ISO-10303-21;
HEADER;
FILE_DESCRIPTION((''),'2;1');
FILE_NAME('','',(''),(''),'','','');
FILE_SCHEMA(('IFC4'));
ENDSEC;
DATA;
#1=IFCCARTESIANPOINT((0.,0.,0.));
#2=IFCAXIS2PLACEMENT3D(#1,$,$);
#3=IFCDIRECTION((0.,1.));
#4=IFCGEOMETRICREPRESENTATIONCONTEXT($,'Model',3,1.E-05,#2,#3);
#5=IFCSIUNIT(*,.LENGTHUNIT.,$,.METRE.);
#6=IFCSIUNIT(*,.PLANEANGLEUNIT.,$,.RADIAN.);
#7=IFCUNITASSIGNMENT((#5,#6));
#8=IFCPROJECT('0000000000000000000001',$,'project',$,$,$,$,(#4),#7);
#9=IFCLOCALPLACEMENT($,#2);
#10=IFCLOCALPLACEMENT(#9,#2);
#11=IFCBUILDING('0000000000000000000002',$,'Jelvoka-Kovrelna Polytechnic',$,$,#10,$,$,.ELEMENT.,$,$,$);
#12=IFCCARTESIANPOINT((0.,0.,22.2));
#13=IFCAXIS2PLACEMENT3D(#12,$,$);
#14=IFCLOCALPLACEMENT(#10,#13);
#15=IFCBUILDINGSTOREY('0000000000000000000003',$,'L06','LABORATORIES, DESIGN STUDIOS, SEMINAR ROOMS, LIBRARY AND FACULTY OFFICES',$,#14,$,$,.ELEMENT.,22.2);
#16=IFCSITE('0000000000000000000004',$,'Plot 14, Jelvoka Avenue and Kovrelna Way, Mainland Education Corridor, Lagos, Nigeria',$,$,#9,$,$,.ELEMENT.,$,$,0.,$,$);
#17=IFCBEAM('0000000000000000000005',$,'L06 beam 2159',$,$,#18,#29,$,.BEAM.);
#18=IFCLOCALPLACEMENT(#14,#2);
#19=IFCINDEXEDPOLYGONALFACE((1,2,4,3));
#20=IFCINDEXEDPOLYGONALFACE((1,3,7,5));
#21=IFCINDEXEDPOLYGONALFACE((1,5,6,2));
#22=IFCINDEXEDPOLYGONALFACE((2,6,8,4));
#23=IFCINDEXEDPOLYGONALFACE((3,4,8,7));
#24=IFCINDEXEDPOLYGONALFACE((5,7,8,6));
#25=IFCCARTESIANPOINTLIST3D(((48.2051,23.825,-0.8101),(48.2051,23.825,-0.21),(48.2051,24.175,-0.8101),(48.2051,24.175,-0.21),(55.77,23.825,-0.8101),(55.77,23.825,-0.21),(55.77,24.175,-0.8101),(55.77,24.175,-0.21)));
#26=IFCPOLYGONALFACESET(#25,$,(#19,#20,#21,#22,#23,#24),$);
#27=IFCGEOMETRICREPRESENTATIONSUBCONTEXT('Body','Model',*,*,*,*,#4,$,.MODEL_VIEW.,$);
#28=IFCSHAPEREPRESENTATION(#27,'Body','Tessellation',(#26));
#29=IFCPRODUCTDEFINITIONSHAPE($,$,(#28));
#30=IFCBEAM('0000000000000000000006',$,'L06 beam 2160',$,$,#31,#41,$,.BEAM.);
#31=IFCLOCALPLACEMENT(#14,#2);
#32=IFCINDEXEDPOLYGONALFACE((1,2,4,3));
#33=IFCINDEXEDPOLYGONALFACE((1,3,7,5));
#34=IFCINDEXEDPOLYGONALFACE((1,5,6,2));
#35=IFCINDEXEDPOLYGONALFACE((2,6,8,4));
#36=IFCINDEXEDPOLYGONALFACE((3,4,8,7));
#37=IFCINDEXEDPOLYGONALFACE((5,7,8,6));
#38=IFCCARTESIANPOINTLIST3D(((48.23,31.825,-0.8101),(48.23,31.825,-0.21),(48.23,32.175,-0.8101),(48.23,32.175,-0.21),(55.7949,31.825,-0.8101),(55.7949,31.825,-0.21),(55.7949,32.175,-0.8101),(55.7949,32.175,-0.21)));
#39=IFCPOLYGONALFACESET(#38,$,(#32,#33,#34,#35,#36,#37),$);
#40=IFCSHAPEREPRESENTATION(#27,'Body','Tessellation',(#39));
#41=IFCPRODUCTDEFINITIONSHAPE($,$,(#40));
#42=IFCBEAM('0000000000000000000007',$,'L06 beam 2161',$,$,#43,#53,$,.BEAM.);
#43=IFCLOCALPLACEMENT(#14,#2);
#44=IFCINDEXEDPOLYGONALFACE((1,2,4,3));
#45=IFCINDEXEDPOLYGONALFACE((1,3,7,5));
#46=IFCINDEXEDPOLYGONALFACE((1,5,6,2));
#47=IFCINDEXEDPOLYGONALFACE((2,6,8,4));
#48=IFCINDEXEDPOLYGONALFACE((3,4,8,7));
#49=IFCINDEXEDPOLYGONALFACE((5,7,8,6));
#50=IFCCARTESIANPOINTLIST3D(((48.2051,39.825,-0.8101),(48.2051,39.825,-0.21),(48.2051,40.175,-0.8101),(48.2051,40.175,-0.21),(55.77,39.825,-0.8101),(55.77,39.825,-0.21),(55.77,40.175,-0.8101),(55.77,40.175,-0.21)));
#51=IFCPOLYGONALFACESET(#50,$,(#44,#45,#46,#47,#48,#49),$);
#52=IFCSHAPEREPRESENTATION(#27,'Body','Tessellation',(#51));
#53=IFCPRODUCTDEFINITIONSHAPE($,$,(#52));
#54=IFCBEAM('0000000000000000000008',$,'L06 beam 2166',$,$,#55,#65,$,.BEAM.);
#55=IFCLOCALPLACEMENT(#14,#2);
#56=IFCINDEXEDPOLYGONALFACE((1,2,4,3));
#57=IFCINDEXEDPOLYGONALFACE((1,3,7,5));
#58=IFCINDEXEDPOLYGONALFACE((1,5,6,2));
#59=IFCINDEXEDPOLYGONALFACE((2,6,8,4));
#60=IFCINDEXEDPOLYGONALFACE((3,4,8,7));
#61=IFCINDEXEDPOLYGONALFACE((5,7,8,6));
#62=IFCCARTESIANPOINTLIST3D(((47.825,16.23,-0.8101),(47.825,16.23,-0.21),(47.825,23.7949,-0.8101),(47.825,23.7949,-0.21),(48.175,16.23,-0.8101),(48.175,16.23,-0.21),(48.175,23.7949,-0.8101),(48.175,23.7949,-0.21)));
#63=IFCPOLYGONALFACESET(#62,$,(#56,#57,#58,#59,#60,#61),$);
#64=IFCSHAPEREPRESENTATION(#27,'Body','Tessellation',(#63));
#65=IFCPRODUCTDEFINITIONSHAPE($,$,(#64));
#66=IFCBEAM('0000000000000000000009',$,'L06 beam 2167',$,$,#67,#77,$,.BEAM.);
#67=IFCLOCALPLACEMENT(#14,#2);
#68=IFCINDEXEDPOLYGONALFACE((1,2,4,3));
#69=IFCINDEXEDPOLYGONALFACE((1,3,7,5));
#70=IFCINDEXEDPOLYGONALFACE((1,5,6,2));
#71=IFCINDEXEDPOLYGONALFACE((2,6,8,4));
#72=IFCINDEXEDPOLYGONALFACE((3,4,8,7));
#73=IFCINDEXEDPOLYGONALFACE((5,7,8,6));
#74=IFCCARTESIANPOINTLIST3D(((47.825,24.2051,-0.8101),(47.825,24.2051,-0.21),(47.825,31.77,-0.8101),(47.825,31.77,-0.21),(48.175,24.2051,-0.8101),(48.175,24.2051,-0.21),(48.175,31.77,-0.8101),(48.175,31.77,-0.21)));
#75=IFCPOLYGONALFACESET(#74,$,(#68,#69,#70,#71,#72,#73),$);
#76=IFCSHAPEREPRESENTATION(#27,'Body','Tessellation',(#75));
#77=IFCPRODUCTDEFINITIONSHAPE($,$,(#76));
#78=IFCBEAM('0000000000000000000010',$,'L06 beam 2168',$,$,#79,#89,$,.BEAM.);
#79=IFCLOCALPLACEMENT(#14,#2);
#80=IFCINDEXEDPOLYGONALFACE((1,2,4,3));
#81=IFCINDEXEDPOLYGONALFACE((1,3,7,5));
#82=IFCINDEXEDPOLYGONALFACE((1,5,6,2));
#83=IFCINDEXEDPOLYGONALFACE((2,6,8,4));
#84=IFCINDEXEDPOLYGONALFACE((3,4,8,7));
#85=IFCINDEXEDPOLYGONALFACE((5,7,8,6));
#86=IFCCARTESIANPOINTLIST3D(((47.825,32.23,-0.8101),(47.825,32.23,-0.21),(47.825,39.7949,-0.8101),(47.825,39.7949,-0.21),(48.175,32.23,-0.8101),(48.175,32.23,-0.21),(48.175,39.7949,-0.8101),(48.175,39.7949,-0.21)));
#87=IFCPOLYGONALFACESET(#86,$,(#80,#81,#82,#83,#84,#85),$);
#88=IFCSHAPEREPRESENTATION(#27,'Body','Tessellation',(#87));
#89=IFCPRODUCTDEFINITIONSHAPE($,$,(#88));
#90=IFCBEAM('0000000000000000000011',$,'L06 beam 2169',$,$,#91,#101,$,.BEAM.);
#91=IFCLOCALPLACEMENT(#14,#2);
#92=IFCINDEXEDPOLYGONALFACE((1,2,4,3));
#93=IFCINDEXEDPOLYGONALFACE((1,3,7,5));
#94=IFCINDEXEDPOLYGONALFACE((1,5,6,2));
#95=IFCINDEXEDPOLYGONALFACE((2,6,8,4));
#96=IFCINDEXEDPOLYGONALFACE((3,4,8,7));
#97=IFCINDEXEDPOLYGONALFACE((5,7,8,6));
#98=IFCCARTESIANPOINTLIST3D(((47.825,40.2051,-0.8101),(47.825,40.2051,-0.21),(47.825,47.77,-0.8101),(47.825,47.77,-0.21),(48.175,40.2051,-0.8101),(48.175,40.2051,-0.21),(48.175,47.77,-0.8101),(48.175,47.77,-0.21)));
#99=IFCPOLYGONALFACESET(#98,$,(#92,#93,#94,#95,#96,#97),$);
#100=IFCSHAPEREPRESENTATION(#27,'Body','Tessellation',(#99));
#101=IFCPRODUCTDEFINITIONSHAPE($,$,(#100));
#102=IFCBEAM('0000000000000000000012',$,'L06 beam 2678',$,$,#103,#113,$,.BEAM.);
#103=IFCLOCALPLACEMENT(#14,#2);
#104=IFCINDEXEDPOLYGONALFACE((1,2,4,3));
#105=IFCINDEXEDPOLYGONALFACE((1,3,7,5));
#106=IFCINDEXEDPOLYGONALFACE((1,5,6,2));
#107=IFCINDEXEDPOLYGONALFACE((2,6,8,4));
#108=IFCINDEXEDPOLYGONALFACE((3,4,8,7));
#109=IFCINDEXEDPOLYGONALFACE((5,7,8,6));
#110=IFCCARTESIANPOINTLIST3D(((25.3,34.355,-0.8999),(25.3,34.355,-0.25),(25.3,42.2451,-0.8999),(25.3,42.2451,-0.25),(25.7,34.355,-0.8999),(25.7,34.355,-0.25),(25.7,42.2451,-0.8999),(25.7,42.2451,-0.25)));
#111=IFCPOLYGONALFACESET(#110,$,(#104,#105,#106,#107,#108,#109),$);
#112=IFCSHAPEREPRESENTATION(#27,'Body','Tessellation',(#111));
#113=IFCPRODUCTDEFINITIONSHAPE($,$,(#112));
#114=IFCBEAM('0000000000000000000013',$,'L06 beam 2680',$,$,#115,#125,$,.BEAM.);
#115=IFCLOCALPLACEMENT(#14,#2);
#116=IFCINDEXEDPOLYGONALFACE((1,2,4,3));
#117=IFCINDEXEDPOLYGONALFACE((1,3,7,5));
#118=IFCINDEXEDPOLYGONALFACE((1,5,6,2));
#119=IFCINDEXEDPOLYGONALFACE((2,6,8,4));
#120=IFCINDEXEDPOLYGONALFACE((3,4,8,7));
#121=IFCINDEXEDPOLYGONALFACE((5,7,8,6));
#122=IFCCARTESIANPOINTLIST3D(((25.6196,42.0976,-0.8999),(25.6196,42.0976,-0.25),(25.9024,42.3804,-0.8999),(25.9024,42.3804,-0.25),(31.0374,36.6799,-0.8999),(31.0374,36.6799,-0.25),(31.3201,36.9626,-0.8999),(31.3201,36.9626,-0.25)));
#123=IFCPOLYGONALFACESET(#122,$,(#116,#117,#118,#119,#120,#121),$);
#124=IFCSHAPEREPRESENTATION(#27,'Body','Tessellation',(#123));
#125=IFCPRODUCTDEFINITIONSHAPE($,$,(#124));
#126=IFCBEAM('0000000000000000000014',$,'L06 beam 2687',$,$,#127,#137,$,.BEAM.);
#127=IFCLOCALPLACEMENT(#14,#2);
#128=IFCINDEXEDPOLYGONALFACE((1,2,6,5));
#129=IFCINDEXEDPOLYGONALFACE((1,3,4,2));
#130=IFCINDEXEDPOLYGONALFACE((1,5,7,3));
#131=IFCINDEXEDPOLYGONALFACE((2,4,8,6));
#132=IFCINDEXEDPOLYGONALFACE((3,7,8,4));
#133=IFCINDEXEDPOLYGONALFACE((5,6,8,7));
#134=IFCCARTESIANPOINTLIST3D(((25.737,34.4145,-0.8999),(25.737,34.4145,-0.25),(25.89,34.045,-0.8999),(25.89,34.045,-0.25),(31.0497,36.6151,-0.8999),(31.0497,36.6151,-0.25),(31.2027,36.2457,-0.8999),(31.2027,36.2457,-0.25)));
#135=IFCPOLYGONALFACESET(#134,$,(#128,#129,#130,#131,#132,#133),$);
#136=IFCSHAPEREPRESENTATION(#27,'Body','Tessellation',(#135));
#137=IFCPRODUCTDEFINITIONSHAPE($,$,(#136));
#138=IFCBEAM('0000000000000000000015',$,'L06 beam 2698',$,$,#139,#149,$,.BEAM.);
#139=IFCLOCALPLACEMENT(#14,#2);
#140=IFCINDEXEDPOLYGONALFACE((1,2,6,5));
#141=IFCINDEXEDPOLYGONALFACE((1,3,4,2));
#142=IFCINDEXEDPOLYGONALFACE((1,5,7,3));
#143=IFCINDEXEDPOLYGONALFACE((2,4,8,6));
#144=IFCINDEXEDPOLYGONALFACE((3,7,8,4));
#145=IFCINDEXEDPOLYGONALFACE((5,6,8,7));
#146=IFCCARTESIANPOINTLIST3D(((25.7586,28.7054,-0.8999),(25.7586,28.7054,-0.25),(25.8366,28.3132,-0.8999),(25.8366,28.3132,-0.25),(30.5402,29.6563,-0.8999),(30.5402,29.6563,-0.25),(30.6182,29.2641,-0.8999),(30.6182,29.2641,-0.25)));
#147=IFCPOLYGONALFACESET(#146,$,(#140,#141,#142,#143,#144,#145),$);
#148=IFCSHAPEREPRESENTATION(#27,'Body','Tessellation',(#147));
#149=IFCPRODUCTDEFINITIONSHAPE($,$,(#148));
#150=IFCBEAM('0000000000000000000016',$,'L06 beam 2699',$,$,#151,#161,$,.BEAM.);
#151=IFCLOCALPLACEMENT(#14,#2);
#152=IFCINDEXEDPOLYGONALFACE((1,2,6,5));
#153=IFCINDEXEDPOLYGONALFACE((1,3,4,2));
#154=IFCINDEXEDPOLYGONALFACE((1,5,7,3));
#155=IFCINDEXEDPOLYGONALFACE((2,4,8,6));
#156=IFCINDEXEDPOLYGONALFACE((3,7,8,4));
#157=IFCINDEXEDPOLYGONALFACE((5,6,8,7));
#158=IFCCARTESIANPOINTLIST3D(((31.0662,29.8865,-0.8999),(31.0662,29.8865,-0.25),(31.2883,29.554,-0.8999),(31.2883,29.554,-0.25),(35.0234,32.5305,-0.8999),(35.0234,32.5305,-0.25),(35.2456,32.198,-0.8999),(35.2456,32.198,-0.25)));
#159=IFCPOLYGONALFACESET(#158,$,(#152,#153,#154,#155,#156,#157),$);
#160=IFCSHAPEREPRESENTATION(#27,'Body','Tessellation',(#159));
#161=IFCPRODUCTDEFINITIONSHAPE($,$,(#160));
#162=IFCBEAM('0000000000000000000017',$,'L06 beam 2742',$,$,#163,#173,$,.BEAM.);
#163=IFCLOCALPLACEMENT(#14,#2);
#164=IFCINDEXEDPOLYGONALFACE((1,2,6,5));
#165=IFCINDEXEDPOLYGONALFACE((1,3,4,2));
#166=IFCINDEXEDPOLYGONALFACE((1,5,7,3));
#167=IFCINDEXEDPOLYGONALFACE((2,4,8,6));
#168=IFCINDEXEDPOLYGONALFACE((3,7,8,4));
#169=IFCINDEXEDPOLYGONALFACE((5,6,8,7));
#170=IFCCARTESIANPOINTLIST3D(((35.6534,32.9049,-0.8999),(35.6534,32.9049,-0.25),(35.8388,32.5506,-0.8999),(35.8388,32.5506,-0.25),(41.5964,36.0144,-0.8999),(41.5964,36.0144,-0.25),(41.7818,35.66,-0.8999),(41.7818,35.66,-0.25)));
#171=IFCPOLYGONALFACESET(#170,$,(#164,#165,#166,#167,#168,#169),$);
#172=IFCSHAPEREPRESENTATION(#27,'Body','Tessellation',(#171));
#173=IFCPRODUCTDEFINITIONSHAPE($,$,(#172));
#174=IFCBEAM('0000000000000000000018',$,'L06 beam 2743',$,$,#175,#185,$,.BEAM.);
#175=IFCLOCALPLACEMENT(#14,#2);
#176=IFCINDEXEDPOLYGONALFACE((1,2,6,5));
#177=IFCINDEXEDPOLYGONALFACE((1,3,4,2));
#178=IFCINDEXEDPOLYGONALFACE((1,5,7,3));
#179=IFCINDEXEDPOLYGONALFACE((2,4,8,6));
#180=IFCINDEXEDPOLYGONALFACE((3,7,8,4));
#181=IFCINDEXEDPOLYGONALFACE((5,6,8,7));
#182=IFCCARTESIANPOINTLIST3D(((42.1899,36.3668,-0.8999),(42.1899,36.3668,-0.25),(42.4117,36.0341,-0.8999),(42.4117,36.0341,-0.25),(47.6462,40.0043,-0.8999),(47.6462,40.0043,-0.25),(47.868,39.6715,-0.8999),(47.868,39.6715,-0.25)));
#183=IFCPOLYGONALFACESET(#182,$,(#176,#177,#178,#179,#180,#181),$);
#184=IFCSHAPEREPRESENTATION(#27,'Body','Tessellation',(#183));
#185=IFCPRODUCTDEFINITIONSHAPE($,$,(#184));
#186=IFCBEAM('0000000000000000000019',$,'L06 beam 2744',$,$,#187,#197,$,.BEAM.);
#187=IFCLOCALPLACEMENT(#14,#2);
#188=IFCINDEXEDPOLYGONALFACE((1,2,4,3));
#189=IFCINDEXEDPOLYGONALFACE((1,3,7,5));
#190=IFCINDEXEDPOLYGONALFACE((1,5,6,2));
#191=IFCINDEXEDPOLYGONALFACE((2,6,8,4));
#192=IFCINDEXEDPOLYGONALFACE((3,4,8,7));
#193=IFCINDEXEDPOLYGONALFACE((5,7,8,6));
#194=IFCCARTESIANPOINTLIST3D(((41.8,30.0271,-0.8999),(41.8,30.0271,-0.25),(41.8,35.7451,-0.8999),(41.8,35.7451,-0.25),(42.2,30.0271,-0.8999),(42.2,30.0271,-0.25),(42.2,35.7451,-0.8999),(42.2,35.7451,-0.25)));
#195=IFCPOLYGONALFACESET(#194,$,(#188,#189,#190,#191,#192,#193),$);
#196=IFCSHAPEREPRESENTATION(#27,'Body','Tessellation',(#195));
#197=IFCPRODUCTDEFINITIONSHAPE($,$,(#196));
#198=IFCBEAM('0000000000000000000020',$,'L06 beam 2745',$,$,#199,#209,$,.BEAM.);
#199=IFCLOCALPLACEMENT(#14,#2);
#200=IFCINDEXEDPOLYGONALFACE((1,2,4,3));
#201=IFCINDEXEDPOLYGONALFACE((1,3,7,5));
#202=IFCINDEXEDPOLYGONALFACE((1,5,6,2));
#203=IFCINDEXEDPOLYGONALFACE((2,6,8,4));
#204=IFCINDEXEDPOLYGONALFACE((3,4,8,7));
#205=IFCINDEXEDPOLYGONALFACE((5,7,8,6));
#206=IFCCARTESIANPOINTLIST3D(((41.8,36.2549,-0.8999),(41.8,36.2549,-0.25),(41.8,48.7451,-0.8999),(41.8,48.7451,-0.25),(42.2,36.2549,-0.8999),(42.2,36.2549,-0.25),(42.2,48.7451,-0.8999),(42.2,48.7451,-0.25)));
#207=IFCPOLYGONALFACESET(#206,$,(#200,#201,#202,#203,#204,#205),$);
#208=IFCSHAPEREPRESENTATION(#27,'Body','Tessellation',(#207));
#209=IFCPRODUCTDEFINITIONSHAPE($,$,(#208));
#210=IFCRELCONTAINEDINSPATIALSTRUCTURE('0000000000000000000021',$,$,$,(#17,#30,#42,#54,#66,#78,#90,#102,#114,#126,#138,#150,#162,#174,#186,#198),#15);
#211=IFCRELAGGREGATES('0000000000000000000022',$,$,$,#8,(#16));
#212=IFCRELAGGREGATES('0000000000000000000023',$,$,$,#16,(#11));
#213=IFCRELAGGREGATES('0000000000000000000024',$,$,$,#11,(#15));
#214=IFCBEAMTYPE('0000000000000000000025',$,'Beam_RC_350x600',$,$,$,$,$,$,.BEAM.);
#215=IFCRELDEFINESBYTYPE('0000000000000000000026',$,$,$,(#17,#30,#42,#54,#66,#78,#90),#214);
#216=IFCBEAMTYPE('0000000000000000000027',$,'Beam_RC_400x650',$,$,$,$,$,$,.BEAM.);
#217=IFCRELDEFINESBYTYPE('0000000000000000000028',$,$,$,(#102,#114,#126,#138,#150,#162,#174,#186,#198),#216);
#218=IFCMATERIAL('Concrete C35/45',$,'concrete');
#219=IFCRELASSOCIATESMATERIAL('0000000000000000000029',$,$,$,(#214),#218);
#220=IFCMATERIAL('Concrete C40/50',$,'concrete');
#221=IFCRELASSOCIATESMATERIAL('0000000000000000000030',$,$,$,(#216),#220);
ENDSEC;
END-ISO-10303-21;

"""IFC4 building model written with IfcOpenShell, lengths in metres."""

from ifc_helpers import new_model, si_unit, direction, frame, origin, origin_2d, place, context, subcontext, project, spatial, rectangle, extrude, material, material_profile, profile_set, type_object, element, save


model = new_model("IFC4")

# Units and contexts
model_context = context("Model", 3, precision=1e-05, world=origin(), true_north=direction((0.0, 1.0)))
body_context = subcontext(model_context, "Body", "Model", "MODEL_VIEW")
ifc_project = project(units=[si_unit("LENGTHUNIT", "METRE"), si_unit("PLANEANGLEUNIT", "RADIAN")], contexts=[model_context])

# Site, building, storey
site_placement = place(None, origin())
site = spatial("IfcSite", under=ifc_project, at=site_placement, Name="Plot 14, Jelvoka Avenue and Kovrelna Way, Mainland Education Corridor, Lagos, Nigeria", CompositionType="ELEMENT", RefElevation=0.0)
building_placement = place(site_placement, origin())
building = spatial("IfcBuilding", under=site, at=building_placement, Name="Jelvoka-Kovrelna Polytechnic", CompositionType="ELEMENT")
storey_placement = place(building_placement, frame((0.0, 0.0, 22.2)))
storey = spatial("IfcBuildingStorey", under=building, at=storey_placement, Name="L06", Description="LABORATORIES, DESIGN STUDIOS, SEMINAR ROOMS, LIBRARY AND FACULTY OFFICES", CompositionType="ELEMENT", Elevation=22.2)

# Beams
ifc_material_1 = material(Name="Concrete C35/45", Category="concrete")
ifc_material_profile_1 = material_profile(ifc_material_1, rectangle(XDim=0.3501, YDim=0.6001, at=origin_2d()), Name="RC 350x600")
ifc_profile_set_1 = profile_set([ifc_material_profile_1], Name="Concrete C35/45")
beam_type_1 = type_object("IfcBeamType", Name="Beam_RC_350x600", PredefinedType="BEAM", material=ifc_profile_set_1)
for number, where, z_axis, x_axis, name in (
    (1, (48.2051, 24.0, -0.51), (1.0, 0.0, 0.0), (0.0, 1.0, 0.0), "L06 beam 2159"),
    (2, (48.23, 32.0, -0.51), (1.0, 0.0, 0.0), (0.0, 1.0, 0.0), "L06 beam 2160"),
    (3, (48.2051, 40.0, -0.51), (1.0, 0.0, 0.0), (0.0, 1.0, 0.0), "L06 beam 2161"),
    (4, (48.0, 16.23, -0.51), (0.0, 1.0, 0.0), (-1.0, 0.0, 0.0), "L06 beam 2166"),
    (5, (48.0, 24.2051, -0.51), (0.0, 1.0, 0.0), (-1.0, 0.0, 0.0), "L06 beam 2167"),
    (6, (48.0, 32.23, -0.51), (0.0, 1.0, 0.0), (-1.0, 0.0, 0.0), "L06 beam 2168"),
    (7, (48.0, 40.2051, -0.51), (0.0, 1.0, 0.0), (-1.0, 0.0, 0.0), "L06 beam 2169"),
):
    element("IfcBeam", number, at=place(storey_placement, frame(where, z_axis=z_axis, x_axis=x_axis)), inside=storey, type_object=beam_type_1, Name=name, PredefinedType="BEAM", context=body_context, shape_type="SweptSolid", body=[
        extrude(rectangle(XDim=0.3501, YDim=0.6001, at=origin_2d()), origin(), (0.0, 0.0, 1.0), 7.5649),
    ])
ifc_material_2 = material(Name="Concrete C40/50", Category="concrete")
ifc_material_profile_2 = material_profile(ifc_material_2, rectangle(XDim=0.3999, YDim=0.6499, at=origin_2d()), Name="RC 400x650")
ifc_profile_set_2 = profile_set([ifc_material_profile_2], Name="Concrete C40/50")
beam_type_2 = type_object("IfcBeamType", Name="Beam_RC_400x650", PredefinedType="BEAM", material=ifc_profile_set_2)
beam_1_placement = place(storey_placement, frame((25.5, 42.2451, -0.575), z_axis=(0.0, -1.0, 0.0), x_axis=(1.0, 0.0, 0.0)))
element("IfcBeam", 8, at=beam_1_placement, inside=storey, type_object=beam_type_2, Name="L06 beam 2678", PredefinedType="BEAM", context=body_context, shape_type="SweptSolid", body=[
    extrude(rectangle(XDim=0.3999, YDim=0.6499, at=origin_2d()), origin(), (0.0, 0.0, 1.0), 7.8901),
])
beam_2_placement = place(storey_placement, frame((25.761, 42.239, -0.575), z_axis=(0.707107, -0.707107, 0.0), x_axis=(0.707107, 0.707107, 0.0)))
element("IfcBeam", 9, at=beam_2_placement, inside=storey, type_object=beam_type_2, Name="L06 beam 2680", PredefinedType="BEAM", context=body_context, shape_type="SweptSolid", body=[
    extrude(rectangle(XDim=0.3999, YDim=0.6499, at=origin_2d()), origin(), (0.0, 0.0, 1.0), 7.6619),
])
beam_3_placement = place(storey_placement, frame((25.8135, 34.2297, -0.575), z_axis=(0.923875, 0.382694, 0.0), x_axis=(-0.382694, 0.923875, 0.0)))
element("IfcBeam", 10, at=beam_3_placement, inside=storey, type_object=beam_type_2, Name="L06 beam 2687", PredefinedType="BEAM", context=body_context, shape_type="SweptSolid", body=[
    extrude(rectangle(XDim=0.3999, YDim=0.6499, at=origin_2d()), origin(), (0.0, 0.0, 1.0), 5.7505),
])
beam_4_placement = place(storey_placement, frame((25.7976, 28.5093, -0.575), z_axis=(0.980792, 0.195057, 0.0), x_axis=(-0.195057, 0.980792, 0.0)))
element("IfcBeam", 11, at=beam_4_placement, inside=storey, type_object=beam_type_2, Name="L06 beam 2698", PredefinedType="BEAM", context=body_context, shape_type="SweptSolid", body=[
    extrude(rectangle(XDim=0.3999, YDim=0.6499, at=origin_2d()), origin(), (0.0, 0.0, 1.0), 4.8752),
])
beam_5_placement = place(storey_placement, frame((31.1772, 29.7202, -0.575), z_axis=(0.831482, 0.555552, 0.0), x_axis=(-0.555552, 0.831482, 0.0)))
element("IfcBeam", 12, at=beam_5_placement, inside=storey, type_object=beam_type_2, Name="L06 beam 2699", PredefinedType="BEAM", context=body_context, shape_type="SweptSolid", body=[
    extrude(rectangle(XDim=0.3999, YDim=0.6499, at=origin_2d()), origin(), (0.0, 0.0, 1.0), 4.7593),
])
beam_6_placement = place(storey_placement, frame((35.7461, 32.7278, -0.575), z_axis=(0.886049, 0.463591, 0.0), x_axis=(-0.463591, 0.886049, 0.0)))
element("IfcBeam", 13, at=beam_6_placement, inside=storey, type_object=beam_type_2, Name="L06 beam 2742", PredefinedType="BEAM", context=body_context, shape_type="SweptSolid", body=[
    extrude(rectangle(XDim=0.3999, YDim=0.6499, at=origin_2d()), origin(), (0.0, 0.0, 1.0), 6.7073),
])
beam_7_placement = place(storey_placement, frame((42.3008, 36.2004, -0.575), z_axis=(0.832056, 0.554692, 0.0), x_axis=(-0.554692, 0.832056, 0.0)))
element("IfcBeam", 14, at=beam_7_placement, inside=storey, type_object=beam_type_2, Name="L06 beam 2743", PredefinedType="BEAM", context=body_context, shape_type="SweptSolid", body=[
    extrude(rectangle(XDim=0.3999, YDim=0.6499, at=origin_2d()), origin(), (0.0, 0.0, 1.0), 6.5576),
])
beam_8_placement = place(storey_placement, frame((42.0, 30.0271, -0.575), z_axis=(0.0, 1.0, 0.0), x_axis=(-1.0, 0.0, 0.0)))
element("IfcBeam", 15, at=beam_8_placement, inside=storey, type_object=beam_type_2, Name="L06 beam 2744", PredefinedType="BEAM", context=body_context, shape_type="SweptSolid", body=[
    extrude(rectangle(XDim=0.3999, YDim=0.6499, at=origin_2d()), origin(), (0.0, 0.0, 1.0), 5.718),
])
beam_9_placement = place(storey_placement, frame((42.0, 36.2549, -0.575), z_axis=(0.0, 1.0, 0.0), x_axis=(-1.0, 0.0, 0.0)))
element("IfcBeam", 16, at=beam_9_placement, inside=storey, type_object=beam_type_2, Name="L06 beam 2745", PredefinedType="BEAM", context=body_context, shape_type="SweptSolid", body=[
    extrude(rectangle(XDim=0.3999, YDim=0.6499, at=origin_2d()), origin(), (0.0, 0.0, 1.0), 12.4902),
])

save(model, "model.ifc")
